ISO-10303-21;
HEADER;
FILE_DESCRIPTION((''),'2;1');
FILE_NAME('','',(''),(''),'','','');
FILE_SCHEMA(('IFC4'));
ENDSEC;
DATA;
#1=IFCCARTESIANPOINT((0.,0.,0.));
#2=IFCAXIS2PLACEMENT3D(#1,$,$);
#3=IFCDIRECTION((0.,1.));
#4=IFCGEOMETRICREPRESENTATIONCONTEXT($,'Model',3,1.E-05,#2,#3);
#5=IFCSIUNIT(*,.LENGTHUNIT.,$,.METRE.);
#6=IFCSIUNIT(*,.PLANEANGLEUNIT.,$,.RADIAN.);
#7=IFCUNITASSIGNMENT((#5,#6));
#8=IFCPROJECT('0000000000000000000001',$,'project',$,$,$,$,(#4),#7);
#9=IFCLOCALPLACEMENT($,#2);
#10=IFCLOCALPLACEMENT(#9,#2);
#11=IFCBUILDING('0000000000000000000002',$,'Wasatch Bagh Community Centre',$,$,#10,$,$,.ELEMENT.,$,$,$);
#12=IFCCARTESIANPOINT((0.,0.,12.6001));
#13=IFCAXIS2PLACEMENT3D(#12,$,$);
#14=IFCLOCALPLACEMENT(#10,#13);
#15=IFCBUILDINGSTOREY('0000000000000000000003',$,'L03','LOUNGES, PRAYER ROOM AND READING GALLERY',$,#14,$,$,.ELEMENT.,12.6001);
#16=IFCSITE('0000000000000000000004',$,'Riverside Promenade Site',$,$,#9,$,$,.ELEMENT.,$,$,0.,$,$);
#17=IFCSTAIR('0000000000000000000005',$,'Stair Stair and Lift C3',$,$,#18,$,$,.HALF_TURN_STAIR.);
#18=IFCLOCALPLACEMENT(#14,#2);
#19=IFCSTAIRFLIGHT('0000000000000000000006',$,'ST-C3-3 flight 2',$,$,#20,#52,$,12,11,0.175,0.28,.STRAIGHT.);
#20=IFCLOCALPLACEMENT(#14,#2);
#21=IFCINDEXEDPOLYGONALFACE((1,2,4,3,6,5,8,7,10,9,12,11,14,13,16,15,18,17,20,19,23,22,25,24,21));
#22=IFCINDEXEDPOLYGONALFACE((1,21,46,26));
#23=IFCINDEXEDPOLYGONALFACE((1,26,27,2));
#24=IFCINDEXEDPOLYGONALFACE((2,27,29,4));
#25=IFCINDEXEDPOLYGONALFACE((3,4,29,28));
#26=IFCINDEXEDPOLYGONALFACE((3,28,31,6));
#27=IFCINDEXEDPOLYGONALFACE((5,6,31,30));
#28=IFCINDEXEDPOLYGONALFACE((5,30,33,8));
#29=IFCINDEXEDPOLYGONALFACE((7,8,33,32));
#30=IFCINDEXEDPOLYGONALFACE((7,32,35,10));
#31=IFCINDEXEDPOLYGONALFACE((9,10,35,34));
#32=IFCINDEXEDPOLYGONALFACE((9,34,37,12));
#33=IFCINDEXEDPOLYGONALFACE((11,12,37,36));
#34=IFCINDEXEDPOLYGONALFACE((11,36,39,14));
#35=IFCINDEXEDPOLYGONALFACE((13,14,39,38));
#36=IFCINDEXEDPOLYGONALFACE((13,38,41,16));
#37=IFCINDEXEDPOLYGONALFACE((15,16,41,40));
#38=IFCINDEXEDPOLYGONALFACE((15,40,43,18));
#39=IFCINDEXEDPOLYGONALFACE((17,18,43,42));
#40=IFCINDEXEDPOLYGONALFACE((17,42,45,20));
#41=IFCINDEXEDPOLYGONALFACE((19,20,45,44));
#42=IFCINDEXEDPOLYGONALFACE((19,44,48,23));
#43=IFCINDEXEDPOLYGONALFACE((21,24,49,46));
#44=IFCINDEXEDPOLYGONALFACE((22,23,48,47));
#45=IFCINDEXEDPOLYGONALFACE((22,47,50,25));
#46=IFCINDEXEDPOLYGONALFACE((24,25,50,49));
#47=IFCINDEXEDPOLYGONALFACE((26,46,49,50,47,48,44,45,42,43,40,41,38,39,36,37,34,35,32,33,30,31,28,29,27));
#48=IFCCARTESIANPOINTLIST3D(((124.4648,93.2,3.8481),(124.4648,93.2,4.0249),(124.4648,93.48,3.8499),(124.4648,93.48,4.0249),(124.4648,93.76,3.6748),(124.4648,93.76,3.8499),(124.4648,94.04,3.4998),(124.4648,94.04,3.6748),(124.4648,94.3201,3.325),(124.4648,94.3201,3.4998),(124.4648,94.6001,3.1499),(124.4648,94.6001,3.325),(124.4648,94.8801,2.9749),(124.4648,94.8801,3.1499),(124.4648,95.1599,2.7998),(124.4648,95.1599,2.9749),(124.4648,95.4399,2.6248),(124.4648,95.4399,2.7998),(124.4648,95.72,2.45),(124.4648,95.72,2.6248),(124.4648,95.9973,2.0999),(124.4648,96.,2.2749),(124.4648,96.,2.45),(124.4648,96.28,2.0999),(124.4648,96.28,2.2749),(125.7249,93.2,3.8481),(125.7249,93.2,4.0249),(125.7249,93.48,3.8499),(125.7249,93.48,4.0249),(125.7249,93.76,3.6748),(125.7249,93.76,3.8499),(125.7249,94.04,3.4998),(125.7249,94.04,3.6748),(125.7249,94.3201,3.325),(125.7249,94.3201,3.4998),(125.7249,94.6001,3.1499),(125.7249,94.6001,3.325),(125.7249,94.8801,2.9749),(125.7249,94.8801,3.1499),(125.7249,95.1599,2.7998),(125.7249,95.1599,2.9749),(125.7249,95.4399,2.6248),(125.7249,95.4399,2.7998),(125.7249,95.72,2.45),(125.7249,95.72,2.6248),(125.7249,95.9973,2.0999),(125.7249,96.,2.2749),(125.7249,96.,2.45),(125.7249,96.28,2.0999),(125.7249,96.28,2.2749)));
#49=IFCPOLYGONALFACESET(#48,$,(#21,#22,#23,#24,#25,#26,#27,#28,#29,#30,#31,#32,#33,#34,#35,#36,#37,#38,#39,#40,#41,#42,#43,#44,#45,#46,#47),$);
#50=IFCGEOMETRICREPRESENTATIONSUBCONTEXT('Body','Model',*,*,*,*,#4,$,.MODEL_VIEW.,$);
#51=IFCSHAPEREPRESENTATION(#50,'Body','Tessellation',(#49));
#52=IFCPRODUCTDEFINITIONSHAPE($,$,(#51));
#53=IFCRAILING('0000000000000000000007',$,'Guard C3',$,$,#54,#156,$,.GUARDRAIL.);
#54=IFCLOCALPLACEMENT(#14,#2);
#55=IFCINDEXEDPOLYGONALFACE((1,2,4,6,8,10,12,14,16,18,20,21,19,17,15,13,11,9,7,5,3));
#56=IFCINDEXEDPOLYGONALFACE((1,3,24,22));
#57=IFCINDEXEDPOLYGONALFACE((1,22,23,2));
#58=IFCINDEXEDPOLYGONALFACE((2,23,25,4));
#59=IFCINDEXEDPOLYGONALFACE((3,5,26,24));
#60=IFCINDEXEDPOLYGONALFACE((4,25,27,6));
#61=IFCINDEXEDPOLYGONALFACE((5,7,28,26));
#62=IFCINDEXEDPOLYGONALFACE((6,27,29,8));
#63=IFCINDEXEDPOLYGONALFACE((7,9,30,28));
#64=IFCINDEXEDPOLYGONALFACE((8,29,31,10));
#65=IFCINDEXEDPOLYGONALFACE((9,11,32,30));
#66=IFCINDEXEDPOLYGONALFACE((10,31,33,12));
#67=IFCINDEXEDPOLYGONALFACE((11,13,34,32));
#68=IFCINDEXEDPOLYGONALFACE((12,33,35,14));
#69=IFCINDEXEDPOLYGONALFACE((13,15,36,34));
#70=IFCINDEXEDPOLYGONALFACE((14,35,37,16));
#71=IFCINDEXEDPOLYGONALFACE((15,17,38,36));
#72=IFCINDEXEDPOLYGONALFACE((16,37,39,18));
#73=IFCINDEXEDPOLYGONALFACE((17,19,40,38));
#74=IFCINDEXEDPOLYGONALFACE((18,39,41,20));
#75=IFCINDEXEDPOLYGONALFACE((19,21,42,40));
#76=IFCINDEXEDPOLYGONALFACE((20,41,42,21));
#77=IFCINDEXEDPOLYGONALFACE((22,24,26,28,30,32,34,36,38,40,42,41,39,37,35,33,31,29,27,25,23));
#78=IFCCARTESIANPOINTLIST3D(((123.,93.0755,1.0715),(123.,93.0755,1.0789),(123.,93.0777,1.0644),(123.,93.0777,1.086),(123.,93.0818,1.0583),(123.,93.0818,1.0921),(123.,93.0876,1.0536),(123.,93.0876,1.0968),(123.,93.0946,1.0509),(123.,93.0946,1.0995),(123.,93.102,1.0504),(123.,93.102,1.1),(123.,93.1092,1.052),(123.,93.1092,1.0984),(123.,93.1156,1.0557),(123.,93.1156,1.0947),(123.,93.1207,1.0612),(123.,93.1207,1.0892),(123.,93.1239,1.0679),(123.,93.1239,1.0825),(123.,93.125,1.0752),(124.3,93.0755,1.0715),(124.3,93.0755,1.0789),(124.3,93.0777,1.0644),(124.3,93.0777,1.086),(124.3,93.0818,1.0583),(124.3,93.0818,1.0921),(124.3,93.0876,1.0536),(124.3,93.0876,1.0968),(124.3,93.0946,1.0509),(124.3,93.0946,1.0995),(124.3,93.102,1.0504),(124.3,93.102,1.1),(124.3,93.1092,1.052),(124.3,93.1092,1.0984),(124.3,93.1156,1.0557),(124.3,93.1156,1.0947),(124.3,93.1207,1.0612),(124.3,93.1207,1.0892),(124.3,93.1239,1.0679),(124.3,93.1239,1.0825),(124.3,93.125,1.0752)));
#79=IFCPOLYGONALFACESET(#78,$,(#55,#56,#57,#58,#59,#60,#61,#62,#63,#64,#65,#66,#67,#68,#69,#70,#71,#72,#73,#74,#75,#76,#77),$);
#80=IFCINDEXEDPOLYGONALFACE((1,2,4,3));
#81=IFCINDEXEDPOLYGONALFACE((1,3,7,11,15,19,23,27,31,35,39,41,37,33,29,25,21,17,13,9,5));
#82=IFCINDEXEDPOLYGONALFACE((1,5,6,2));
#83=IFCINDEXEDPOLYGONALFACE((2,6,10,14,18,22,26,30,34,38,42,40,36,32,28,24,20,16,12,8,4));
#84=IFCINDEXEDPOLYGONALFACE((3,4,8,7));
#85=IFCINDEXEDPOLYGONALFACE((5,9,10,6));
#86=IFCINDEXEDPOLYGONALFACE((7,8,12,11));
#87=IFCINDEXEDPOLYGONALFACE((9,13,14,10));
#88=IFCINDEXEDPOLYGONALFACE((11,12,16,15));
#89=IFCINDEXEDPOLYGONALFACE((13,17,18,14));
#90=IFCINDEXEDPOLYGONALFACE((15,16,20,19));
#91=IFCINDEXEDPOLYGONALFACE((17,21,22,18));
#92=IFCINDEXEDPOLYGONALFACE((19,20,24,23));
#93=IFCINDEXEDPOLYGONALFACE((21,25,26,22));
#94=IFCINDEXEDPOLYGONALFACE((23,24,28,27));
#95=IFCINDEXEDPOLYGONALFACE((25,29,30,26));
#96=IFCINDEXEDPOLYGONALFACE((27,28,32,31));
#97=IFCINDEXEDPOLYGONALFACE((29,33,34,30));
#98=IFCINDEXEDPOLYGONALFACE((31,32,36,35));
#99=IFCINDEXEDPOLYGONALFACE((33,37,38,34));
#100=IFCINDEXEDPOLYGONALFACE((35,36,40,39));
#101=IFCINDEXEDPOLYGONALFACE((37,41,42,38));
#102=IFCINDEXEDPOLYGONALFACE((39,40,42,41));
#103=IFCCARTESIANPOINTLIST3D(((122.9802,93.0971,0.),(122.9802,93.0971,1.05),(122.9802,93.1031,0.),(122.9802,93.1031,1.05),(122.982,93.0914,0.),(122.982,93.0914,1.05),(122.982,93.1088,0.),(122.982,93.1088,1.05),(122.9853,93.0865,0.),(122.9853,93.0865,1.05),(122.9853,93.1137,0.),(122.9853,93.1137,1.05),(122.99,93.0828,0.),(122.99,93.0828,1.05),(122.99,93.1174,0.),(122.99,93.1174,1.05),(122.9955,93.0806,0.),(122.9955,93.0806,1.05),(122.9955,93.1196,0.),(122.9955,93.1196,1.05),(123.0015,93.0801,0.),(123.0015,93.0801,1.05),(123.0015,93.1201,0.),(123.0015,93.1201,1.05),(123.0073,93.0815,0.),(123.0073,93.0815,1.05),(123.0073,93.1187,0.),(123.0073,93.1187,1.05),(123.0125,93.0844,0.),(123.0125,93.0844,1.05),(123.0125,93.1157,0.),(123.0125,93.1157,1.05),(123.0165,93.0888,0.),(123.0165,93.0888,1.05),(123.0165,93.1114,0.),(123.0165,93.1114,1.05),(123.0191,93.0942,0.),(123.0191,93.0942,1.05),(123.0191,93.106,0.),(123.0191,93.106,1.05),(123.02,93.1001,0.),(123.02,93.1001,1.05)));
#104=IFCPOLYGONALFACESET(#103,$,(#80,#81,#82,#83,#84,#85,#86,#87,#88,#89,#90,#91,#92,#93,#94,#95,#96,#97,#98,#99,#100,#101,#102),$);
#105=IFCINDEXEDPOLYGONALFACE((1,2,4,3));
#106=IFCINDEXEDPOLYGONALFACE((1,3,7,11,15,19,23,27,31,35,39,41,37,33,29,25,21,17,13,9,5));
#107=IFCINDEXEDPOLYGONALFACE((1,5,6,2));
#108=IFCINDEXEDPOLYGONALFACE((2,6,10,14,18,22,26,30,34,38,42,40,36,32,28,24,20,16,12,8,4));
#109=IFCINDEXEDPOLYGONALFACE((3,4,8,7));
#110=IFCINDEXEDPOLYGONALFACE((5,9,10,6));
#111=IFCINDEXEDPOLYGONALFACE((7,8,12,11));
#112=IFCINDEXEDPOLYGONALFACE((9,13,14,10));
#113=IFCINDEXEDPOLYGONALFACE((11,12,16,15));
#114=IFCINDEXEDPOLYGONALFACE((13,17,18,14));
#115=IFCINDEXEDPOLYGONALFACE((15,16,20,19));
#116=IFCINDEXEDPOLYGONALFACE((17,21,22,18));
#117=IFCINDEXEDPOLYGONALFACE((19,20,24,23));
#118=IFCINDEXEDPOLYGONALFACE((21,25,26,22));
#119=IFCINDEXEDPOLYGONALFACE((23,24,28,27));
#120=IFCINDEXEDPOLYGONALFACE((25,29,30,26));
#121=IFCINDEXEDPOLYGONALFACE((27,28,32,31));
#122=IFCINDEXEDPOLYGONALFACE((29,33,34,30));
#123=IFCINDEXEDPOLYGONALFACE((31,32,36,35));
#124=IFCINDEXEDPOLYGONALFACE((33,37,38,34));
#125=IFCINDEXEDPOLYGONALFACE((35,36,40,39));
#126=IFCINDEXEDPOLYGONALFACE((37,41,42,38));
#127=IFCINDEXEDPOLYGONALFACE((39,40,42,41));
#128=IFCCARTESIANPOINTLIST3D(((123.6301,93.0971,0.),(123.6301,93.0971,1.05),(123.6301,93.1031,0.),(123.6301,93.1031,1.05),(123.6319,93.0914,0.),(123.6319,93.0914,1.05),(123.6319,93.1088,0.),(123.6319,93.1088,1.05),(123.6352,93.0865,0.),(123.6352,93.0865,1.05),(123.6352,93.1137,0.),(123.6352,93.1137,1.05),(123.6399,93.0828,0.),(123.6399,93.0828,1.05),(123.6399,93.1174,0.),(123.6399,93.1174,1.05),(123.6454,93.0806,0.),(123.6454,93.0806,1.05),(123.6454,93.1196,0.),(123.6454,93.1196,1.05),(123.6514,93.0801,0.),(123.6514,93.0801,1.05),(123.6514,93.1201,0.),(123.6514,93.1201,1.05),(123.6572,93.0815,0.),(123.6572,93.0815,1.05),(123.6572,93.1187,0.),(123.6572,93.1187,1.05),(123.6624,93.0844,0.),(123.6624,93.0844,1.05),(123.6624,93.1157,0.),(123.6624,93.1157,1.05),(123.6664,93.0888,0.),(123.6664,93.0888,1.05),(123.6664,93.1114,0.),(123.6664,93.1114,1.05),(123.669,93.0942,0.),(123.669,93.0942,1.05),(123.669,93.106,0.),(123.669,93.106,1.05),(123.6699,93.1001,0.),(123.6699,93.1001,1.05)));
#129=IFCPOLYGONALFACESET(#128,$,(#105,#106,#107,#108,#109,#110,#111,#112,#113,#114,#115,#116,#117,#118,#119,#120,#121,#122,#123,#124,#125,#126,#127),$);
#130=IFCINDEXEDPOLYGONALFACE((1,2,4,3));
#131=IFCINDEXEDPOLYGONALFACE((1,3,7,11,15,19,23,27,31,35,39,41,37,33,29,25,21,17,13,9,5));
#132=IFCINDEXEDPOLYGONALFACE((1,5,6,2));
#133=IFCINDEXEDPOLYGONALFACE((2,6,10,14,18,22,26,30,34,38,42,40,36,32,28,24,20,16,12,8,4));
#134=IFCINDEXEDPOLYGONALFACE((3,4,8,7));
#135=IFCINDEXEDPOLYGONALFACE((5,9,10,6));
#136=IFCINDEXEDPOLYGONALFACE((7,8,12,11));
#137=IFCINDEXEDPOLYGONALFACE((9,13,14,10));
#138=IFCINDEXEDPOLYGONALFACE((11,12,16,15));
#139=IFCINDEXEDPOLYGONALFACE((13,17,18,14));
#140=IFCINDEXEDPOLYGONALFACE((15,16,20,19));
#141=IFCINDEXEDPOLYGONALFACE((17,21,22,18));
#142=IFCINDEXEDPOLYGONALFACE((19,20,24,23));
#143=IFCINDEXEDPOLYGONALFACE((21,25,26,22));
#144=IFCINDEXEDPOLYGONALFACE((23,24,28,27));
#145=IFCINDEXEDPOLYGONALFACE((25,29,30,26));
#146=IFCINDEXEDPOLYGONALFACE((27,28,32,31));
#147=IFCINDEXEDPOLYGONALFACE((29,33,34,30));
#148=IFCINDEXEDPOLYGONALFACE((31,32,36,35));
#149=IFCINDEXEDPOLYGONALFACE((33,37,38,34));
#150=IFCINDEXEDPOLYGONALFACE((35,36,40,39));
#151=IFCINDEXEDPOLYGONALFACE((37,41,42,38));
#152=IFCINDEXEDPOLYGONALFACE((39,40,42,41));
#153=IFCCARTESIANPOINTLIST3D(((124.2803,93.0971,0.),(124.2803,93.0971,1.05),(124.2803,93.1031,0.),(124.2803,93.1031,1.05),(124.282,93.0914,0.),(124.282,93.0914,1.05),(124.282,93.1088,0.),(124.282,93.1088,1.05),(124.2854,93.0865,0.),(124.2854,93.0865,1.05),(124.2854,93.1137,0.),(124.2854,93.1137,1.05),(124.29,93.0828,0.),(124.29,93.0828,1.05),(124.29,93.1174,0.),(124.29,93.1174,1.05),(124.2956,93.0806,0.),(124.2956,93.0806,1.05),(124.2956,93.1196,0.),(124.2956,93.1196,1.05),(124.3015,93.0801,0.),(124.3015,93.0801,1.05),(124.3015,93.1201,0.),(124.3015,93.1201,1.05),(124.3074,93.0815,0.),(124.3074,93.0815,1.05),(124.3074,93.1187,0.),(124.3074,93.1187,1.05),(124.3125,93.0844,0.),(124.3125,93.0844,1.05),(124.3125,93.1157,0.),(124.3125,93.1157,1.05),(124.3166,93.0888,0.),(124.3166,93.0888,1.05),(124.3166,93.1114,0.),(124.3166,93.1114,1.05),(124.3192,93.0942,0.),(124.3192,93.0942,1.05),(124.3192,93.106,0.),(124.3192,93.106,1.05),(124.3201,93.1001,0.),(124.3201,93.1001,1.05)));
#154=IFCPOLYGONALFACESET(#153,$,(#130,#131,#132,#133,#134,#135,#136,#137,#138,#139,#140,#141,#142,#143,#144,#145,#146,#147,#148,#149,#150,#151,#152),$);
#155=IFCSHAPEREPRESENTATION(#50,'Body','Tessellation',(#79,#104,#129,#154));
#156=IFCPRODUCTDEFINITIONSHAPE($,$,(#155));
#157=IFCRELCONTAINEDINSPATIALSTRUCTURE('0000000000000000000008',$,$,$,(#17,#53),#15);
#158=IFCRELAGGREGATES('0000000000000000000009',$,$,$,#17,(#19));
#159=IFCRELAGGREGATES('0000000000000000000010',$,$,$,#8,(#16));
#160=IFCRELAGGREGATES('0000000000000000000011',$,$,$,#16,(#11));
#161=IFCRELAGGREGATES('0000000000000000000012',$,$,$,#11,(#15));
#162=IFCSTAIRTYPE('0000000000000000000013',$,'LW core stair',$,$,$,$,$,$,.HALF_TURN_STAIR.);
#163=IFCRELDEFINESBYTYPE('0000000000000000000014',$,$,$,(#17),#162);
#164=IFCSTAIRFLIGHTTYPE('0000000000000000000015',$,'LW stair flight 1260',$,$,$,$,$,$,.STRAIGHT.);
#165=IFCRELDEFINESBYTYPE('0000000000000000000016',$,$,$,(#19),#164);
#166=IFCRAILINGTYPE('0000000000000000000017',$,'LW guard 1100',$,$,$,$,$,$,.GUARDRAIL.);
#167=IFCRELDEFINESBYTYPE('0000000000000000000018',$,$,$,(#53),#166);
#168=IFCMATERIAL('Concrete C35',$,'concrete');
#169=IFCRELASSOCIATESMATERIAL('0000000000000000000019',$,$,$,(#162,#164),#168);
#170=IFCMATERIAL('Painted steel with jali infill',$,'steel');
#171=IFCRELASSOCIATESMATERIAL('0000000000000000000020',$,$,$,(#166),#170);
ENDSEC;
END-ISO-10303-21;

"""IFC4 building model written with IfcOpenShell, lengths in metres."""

from ifc_helpers import new_model, si_unit, direction, frame, origin, origin_2d, place, context, subcontext, project, spatial, polyline, circle, outline, extrude, material, type_object, element, aggregate, save


model = new_model("IFC4")

# Units and contexts
model_context = context("Model", 3, precision=1e-05, world=origin(), true_north=direction((0.0, 1.0)))
body_context = subcontext(model_context, "Body", "Model", "MODEL_VIEW")
ifc_project = project(units=[si_unit("LENGTHUNIT", "METRE"), si_unit("PLANEANGLEUNIT", "RADIAN")], contexts=[model_context])

# Site, building, storey
site_placement = place(None, origin())
site = spatial("IfcSite", under=ifc_project, at=site_placement, Name="Riverside Promenade Site", CompositionType="ELEMENT", RefElevation=0.0)
building_placement = place(site_placement, origin())
building = spatial("IfcBuilding", under=site, at=building_placement, Name="Wasatch Bagh Community Centre", CompositionType="ELEMENT")
storey_placement = place(building_placement, frame((0.0, 0.0, 12.6001)))
storey = spatial("IfcBuildingStorey", under=building, at=storey_placement, Name="L03", Description="LOUNGES, PRAYER ROOM AND READING GALLERY", CompositionType="ELEMENT", Elevation=12.6001)

# Shared definitions
ifc_material_1 = material(Name="Concrete C35", Category="concrete")

# Stair, stair flight
stair_type = type_object("IfcStairType", Name="LW core stair", PredefinedType="HALF_TURN_STAIR", material=ifc_material_1)
stair_placement = place(storey_placement, origin())
stair = element("IfcStair", 1, at=stair_placement, inside=storey, type_object=stair_type, Name="Stair Stair and Lift C3", PredefinedType="HALF_TURN_STAIR")
stair_flight_type = type_object("IfcStairFlightType", Name="LW stair flight 1260", PredefinedType="STRAIGHT", material=ifc_material_1)
stair_flight_1_placement = place(storey_placement, frame((125.095, 96.28, 2.0999), z_axis=(0.0, 0.0, 1.0), x_axis=(0.0, -1.0, 0.0)))
stair_flight_1 = element("IfcStairFlight", 2, at=stair_flight_1_placement, type_object=stair_flight_type, Name="ST-C3-3 flight 2", NumberOfRisers=12, NumberOfTreads=11, PredefinedType="STRAIGHT", RiserHeight=0.175, TreadLength=0.28, context=body_context, shape_type="SweptSolid", body=[
    extrude(outline(polyline([(0.0, 0.0), (0.0, 0.175), (0.28, 0.175), (0.28, 0.3501), (0.5601, 0.3501), (0.5601, 0.5249), (0.8401, 0.5249), (0.8401, 0.7), (1.1201, 0.7), (1.1201, 0.875), (1.3999, 0.875), (1.3999, 1.05), (1.6799, 1.05), (1.6799, 1.2251), (1.96, 1.2251), (1.96, 1.3999), (2.24, 1.3999), (2.24, 1.575), (2.52, 1.575), (2.52, 1.75), (2.8, 1.75), (2.8, 1.925), (3.0801, 1.925), (3.0801, 2.1001), (3.0801, 1.7483), (0.2827, 0.0), (0.0, 0.0)])), frame((0.0, 0.6299, 0.0), z_axis=(0.0, -1.0, 0.0), x_axis=(1.0, 0.0, 0.0)), (0.0, 0.0, 1.0), 1.26),
])
aggregate(stair, [stair_flight_1])

# Railing
ifc_material_2 = material(Name="Painted steel with jali infill", Category="steel")
railing_type_1 = type_object("IfcRailingType", Name="LW guard 1100", PredefinedType="GUARDRAIL", material=ifc_material_2)
railing_1_placement = place(storey_placement, frame((123.0, 93.1001, 0.0)))
element("IfcRailing", 3, at=railing_1_placement, inside=storey, type_object=railing_type_1, Name="Guard C3", PredefinedType="GUARDRAIL", context=body_context, shape_type="SweptSolid", body=[
    extrude(circle(Radius=0.0249, at=origin_2d()), frame((0.0, 0.0, 1.0752), z_axis=(1.0, 0.0, 0.0), x_axis=(0.0, 1.0, 0.0)), (0.0, 0.0, 1.0), 1.3),
    extrude(circle(Radius=0.02, at=origin_2d()), origin(), (0.0, 0.0, 1.0), 1.05),
    extrude(circle(Radius=0.02, at=origin_2d()), frame((0.6499, 0.0, 0.0)), (0.0, 0.0, 1.0), 1.05),
    extrude(circle(Radius=0.02, at=origin_2d()), frame((1.3, 0.0, 0.0)), (0.0, 0.0, 1.0), 1.05),
])

save(model, "model.ifc")
